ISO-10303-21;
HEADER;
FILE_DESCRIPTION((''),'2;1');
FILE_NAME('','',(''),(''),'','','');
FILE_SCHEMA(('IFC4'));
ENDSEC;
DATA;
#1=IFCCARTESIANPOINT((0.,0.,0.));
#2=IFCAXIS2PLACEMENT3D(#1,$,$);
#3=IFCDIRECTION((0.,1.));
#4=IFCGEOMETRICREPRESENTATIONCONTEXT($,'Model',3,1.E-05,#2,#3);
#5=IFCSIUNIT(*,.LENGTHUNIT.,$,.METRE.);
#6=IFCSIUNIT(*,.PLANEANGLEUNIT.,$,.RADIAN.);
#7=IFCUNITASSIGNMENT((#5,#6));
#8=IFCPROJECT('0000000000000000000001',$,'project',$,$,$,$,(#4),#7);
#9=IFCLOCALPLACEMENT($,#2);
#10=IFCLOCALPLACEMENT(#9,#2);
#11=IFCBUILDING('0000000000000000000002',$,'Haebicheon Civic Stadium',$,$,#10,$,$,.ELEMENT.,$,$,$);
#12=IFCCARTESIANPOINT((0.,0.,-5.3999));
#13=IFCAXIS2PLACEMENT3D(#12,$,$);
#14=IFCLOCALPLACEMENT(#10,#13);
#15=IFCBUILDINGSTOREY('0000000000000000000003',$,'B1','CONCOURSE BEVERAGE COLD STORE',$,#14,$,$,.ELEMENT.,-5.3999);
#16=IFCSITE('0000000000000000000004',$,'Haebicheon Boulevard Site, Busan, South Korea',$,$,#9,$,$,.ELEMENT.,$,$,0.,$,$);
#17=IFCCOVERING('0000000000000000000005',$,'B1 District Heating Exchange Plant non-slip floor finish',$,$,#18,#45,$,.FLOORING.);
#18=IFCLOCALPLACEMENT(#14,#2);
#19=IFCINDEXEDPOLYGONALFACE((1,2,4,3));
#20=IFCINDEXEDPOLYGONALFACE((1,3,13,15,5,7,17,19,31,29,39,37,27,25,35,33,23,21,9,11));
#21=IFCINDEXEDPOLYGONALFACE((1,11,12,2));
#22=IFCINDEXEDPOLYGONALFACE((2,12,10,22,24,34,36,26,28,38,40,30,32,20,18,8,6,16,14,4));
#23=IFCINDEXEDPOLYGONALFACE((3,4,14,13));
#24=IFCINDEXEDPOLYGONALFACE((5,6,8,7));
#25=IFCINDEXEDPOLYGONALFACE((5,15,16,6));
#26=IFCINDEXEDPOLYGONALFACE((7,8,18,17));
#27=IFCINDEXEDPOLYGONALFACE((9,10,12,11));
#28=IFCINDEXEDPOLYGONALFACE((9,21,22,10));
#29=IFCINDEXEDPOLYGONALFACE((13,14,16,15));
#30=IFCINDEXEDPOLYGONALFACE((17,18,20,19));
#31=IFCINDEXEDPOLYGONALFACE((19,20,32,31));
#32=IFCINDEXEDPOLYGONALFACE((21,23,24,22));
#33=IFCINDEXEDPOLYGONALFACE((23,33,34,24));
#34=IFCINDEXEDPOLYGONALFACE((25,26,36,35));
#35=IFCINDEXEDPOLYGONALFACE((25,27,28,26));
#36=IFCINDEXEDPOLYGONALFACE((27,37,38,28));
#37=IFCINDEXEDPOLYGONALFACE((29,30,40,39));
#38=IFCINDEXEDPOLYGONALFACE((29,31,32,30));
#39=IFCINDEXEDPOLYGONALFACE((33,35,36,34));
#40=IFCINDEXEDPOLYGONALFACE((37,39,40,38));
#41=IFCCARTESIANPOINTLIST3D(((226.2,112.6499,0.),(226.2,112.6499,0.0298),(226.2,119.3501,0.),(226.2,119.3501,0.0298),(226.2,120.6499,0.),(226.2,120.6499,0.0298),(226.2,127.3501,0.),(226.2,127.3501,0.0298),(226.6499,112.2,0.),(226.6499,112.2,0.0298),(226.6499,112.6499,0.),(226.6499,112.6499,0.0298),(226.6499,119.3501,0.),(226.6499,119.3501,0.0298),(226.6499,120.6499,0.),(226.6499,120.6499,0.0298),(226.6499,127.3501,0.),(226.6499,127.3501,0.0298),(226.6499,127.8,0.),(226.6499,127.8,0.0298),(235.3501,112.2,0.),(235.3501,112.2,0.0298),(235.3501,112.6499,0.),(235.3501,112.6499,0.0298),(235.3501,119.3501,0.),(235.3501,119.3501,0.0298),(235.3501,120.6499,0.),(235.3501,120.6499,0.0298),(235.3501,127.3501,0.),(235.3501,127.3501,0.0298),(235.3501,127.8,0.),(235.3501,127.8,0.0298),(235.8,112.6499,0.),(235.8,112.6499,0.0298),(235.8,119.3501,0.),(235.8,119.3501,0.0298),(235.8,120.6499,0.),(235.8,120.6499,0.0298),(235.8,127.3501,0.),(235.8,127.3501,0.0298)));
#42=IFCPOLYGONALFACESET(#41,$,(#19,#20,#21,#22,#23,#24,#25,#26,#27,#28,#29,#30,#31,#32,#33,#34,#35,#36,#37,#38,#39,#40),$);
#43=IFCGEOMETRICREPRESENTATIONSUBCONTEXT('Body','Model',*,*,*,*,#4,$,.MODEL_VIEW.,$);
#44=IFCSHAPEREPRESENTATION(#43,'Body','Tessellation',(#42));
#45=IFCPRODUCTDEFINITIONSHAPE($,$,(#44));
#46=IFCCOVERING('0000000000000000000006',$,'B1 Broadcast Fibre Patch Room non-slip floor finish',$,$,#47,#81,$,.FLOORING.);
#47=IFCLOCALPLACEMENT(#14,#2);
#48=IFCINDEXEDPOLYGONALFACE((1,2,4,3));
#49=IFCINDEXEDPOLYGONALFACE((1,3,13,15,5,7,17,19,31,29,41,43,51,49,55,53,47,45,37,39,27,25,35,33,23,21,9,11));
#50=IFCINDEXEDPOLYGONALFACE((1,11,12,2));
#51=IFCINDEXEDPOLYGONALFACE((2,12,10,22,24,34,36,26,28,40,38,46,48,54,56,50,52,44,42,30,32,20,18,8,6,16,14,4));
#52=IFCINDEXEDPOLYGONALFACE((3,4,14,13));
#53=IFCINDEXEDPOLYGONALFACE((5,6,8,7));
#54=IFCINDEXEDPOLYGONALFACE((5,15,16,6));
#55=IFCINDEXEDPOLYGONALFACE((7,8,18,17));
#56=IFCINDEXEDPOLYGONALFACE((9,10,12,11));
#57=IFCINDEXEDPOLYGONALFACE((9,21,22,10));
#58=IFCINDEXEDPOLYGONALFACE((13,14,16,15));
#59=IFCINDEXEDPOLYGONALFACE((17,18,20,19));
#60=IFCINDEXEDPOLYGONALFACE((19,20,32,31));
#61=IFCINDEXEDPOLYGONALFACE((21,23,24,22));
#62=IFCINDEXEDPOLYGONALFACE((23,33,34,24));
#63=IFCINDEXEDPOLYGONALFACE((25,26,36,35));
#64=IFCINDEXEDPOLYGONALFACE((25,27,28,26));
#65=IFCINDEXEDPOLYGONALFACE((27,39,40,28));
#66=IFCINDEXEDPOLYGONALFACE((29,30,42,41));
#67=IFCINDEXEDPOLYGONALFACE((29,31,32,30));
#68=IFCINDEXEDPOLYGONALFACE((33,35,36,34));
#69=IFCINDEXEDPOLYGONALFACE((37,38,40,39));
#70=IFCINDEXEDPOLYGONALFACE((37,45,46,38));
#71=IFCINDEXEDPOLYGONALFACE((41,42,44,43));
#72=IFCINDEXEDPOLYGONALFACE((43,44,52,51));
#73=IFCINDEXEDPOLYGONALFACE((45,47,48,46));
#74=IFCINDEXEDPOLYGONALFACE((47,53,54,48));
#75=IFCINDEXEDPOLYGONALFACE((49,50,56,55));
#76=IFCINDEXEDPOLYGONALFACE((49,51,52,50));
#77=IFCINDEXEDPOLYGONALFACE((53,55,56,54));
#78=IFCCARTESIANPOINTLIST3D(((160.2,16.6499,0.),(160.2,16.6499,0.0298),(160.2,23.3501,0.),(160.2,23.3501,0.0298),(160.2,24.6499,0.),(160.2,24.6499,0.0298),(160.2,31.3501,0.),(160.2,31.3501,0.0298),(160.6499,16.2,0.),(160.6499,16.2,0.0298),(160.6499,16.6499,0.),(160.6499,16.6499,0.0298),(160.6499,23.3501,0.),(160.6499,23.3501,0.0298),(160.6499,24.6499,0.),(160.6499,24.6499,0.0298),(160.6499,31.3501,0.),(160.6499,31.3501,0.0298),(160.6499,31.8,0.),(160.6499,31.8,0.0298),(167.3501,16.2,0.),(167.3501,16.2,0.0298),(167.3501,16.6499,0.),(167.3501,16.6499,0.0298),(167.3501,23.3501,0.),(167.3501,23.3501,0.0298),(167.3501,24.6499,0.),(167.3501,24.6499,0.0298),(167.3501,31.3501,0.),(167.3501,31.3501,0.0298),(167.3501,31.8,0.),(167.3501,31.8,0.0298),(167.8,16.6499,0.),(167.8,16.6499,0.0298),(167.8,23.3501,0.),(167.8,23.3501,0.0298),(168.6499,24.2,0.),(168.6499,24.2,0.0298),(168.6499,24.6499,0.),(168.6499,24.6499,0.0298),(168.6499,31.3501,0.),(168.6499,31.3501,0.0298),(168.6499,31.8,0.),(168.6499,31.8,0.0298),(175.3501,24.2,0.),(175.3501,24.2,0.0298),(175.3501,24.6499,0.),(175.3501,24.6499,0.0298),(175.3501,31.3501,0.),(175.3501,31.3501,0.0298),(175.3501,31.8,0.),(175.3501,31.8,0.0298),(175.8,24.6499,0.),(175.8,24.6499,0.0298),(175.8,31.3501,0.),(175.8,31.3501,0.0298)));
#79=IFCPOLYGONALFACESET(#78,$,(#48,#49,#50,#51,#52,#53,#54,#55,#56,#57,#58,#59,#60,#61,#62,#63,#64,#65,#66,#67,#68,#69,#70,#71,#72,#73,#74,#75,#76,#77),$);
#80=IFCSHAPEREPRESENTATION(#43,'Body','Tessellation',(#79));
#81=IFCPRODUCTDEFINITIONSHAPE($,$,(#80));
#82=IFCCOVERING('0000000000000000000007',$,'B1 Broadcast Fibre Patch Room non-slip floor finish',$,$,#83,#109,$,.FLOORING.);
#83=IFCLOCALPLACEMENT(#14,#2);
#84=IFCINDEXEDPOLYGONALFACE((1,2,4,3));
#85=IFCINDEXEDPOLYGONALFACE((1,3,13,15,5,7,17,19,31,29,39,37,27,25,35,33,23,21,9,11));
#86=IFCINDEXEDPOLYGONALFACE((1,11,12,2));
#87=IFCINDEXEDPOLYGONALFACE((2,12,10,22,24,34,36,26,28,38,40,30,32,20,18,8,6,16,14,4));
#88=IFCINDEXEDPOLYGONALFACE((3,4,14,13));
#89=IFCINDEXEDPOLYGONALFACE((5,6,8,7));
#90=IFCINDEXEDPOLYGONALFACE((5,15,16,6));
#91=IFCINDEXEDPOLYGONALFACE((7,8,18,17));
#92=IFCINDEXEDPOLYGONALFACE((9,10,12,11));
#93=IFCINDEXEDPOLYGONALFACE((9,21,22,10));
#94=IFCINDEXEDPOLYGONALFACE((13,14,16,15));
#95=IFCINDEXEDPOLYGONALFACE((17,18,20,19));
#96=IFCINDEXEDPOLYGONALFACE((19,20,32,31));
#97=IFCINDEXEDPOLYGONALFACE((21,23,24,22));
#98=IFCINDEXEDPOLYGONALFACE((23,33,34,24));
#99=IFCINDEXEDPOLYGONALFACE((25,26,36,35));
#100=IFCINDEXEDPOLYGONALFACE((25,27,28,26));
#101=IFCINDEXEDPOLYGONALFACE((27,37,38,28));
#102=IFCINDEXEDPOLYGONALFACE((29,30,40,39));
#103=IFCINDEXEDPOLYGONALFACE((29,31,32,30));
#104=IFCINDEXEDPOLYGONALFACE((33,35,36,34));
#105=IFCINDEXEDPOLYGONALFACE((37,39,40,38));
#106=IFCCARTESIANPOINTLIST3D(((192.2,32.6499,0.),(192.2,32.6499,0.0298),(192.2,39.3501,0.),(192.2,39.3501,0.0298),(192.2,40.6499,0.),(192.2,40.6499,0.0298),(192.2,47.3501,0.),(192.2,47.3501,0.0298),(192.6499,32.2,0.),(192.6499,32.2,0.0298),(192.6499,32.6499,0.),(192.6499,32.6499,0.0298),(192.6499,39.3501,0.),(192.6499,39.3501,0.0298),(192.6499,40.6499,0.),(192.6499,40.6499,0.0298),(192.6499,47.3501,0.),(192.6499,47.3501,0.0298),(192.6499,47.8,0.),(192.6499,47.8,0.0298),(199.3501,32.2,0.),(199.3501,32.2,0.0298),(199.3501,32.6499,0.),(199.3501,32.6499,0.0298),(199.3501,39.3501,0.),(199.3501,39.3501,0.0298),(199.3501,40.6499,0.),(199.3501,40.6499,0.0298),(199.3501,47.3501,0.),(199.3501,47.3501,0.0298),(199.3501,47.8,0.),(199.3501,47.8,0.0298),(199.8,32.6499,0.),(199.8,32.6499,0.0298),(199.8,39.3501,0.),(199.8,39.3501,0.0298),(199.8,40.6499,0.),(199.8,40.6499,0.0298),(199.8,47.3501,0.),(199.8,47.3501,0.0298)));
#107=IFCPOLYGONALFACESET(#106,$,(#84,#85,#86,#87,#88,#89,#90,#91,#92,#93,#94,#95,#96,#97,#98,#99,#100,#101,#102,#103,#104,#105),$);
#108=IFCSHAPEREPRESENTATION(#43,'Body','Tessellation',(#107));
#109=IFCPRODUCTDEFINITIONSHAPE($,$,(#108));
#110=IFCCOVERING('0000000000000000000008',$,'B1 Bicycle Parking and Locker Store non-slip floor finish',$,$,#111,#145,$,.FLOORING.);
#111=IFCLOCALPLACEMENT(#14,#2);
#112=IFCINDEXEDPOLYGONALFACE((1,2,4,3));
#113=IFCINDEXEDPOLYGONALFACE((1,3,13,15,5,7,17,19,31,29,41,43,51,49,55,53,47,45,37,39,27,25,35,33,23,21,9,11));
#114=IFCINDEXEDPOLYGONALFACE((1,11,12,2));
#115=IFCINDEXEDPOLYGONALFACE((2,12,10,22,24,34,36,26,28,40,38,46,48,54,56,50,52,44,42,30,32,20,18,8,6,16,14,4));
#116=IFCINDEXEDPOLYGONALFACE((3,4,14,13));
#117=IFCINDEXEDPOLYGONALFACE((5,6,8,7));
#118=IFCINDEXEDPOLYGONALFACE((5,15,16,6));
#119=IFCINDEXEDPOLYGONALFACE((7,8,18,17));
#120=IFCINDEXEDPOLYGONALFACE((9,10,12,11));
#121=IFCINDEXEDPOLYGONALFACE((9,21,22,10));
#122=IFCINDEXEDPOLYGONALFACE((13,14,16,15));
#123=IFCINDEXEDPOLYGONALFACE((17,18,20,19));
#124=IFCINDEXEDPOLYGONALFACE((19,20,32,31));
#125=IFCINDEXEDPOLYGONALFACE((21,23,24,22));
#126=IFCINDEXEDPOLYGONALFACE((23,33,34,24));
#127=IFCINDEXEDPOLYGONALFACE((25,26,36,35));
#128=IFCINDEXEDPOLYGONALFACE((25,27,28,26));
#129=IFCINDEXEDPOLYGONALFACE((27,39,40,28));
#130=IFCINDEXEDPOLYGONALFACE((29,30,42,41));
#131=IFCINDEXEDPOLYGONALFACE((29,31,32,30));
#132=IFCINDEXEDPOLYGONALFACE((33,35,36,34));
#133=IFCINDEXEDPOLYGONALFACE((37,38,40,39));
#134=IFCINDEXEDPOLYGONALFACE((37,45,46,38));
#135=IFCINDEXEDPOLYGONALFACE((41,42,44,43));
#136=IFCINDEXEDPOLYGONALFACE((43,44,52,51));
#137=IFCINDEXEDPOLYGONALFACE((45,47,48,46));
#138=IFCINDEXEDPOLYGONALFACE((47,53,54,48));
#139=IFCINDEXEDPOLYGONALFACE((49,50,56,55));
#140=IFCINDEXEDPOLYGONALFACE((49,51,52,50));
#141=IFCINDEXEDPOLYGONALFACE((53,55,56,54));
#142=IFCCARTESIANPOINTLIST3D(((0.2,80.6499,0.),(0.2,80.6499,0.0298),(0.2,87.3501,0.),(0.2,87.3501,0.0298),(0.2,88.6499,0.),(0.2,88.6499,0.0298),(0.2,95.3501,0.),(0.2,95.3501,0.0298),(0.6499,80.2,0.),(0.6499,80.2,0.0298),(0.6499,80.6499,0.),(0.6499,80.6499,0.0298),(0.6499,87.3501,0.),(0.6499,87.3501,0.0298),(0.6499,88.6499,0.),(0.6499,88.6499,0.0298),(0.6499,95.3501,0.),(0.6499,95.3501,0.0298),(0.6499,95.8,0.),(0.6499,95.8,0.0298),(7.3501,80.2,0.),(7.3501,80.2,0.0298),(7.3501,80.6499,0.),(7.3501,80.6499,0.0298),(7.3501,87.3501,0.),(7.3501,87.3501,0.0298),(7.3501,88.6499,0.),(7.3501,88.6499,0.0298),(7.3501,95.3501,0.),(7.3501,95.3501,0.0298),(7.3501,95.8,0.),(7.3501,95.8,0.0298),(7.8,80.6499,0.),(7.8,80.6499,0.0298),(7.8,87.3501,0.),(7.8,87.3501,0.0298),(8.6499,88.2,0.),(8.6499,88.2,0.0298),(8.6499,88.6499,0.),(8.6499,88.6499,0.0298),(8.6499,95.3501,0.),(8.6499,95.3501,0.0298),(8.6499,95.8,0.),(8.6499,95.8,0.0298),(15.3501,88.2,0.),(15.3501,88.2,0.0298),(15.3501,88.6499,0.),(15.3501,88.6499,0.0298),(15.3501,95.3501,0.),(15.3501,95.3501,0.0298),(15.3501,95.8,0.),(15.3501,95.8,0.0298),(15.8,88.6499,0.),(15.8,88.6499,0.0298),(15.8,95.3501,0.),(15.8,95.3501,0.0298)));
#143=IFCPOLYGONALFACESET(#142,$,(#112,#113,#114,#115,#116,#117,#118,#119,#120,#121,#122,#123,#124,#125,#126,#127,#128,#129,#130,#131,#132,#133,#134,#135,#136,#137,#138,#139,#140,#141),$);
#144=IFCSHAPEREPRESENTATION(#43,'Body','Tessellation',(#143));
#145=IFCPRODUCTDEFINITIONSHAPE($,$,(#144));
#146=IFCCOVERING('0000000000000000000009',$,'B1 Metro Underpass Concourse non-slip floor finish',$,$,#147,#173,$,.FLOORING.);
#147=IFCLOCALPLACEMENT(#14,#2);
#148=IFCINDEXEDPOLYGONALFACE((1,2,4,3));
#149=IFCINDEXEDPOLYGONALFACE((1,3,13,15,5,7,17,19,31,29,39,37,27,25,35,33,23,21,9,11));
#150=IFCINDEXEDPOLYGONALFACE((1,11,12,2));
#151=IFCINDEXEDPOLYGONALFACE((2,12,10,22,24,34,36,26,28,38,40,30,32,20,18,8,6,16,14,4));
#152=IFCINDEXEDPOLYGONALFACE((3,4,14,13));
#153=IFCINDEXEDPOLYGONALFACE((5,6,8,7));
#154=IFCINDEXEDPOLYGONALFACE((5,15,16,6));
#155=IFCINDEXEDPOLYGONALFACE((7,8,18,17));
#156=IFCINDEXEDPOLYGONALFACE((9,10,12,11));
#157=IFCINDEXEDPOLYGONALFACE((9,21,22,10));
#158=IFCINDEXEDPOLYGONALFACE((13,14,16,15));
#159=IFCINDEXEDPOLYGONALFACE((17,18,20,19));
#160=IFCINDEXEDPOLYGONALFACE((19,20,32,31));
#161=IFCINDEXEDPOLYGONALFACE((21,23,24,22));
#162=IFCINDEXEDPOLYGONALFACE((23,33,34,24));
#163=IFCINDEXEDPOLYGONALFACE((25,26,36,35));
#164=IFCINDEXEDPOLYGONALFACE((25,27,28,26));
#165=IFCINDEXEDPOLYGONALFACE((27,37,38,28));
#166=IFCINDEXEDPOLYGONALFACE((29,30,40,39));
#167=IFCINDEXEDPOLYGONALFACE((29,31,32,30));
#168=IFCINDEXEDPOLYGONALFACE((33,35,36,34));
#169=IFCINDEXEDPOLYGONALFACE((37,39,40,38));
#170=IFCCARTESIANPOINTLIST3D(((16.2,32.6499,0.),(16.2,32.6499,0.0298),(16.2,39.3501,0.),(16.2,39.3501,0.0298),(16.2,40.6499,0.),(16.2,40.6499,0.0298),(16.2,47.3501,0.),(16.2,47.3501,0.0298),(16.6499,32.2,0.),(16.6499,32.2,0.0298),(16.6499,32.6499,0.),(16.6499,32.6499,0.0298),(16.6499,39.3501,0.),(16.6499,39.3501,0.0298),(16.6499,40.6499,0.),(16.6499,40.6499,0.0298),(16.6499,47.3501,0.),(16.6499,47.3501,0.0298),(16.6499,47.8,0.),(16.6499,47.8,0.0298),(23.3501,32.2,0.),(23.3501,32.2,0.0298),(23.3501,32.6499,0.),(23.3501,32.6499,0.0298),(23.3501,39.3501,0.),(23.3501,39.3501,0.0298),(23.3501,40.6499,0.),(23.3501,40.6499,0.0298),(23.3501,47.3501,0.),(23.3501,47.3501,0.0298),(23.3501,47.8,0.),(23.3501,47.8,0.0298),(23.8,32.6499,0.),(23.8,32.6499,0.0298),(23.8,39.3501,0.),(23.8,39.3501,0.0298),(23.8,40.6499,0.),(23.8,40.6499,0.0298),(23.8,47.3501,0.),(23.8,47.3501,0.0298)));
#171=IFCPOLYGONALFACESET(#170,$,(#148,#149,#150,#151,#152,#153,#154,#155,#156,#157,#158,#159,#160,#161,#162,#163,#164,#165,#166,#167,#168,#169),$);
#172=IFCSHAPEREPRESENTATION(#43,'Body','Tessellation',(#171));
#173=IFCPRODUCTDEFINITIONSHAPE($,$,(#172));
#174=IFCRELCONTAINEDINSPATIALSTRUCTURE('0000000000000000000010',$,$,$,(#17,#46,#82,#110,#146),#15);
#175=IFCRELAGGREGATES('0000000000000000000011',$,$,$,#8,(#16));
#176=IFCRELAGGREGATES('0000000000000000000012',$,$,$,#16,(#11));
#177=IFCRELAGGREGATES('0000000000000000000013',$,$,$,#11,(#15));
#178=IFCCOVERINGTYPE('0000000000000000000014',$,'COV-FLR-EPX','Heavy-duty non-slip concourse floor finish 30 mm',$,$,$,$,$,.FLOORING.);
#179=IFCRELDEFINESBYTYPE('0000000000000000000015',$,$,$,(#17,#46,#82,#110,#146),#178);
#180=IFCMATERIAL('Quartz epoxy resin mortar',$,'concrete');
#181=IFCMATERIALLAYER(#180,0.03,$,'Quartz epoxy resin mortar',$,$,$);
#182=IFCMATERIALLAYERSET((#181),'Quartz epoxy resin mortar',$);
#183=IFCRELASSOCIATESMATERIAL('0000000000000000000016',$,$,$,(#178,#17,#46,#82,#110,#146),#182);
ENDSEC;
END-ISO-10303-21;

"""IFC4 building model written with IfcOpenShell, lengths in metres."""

from ifc_helpers import new_model, si_unit, direction, frame, origin, place, context, subcontext, project, spatial, polyline, outline, extrude, material, layer, layer_set, type_object, element, save


model = new_model("IFC4")

# Units and contexts
model_context = context("Model", 3, precision=1e-05, world=origin(), true_north=direction((0.0, 1.0)))
body_context = subcontext(model_context, "Body", "Model", "MODEL_VIEW")
ifc_project = project(units=[si_unit("LENGTHUNIT", "METRE"), si_unit("PLANEANGLEUNIT", "RADIAN")], contexts=[model_context])

# Site, building, storey
site_placement = place(None, origin())
site = spatial("IfcSite", under=ifc_project, at=site_placement, Name="Haebicheon Boulevard Site, Busan, South Korea", CompositionType="ELEMENT", RefElevation=0.0)
building_placement = place(site_placement, origin())
building = spatial("IfcBuilding", under=site, at=building_placement, Name="Haebicheon Civic Stadium", CompositionType="ELEMENT")
storey_placement = place(building_placement, frame((0.0, 0.0, -5.3999)))
storey = spatial("IfcBuildingStorey", under=building, at=storey_placement, Name="B1", Description="CONCOURSE BEVERAGE COLD STORE", CompositionType="ELEMENT", Elevation=-5.3999)

# Coverings
ifc_material_1 = material(Name="Quartz epoxy resin mortar", Category="concrete")
ifc_layer_1 = layer(ifc_material_1, 0.03, Name="Quartz epoxy resin mortar")
ifc_layer_set_1 = layer_set([ifc_layer_1], Name="Quartz epoxy resin mortar")
covering_type_1 = type_object("IfcCoveringType", Name="COV-FLR-EPX", Description="Heavy-duty non-slip concourse floor finish 30 mm", PredefinedType="FLOORING", material=ifc_layer_set_1)
covering_1_placement = place(storey_placement, origin())
element("IfcCovering", 1, at=covering_1_placement, inside=storey, type_object=covering_type_1, material=ifc_layer_set_1, Name="B1 District Heating Exchange Plant non-slip floor finish", PredefinedType="FLOORING", context=body_context, shape_type="SweptSolid", body=[
    extrude(outline(polyline([(226.6499, 112.2), (226.6499, 112.6499), (226.2, 112.6499), (226.2, 119.3501), (226.6499, 119.3501), (226.6499, 120.6499), (226.2, 120.6499), (226.2, 127.3501), (226.6499, 127.3501), (226.6499, 127.8), (235.3501, 127.8), (235.3501, 127.3501), (235.8, 127.3501), (235.8, 120.6499), (235.3501, 120.6499), (235.3501, 119.3501), (235.8, 119.3501), (235.8, 112.6499), (235.3501, 112.6499), (235.3501, 112.2), (226.6499, 112.2)])), origin(), (0.0, 0.0, 1.0), 0.0298),
])
covering_2_placement = place(storey_placement, origin())
element("IfcCovering", 2, at=covering_2_placement, inside=storey, type_object=covering_type_1, material=ifc_layer_set_1, Name="B1 Broadcast Fibre Patch Room non-slip floor finish", PredefinedType="FLOORING", context=body_context, shape_type="SweptSolid", body=[
    extrude(outline(polyline([(160.6499, 16.2), (160.6499, 16.6499), (160.2, 16.6499), (160.2, 23.3501), (160.6499, 23.3501), (160.6499, 24.6499), (160.2, 24.6499), (160.2, 31.3501), (160.6499, 31.3501), (160.6499, 31.8), (167.3501, 31.8), (167.3501, 31.3501), (168.6499, 31.3501), (168.6499, 31.8), (175.3501, 31.8), (175.3501, 31.3501), (175.8, 31.3501), (175.8, 24.6499), (175.3501, 24.6499), (175.3501, 24.2), (168.6499, 24.2), (168.6499, 24.6499), (167.3501, 24.6499), (167.3501, 23.3501), (167.8, 23.3501), (167.8, 16.6499), (167.3501, 16.6499), (167.3501, 16.2), (160.6499, 16.2)])), origin(), (0.0, 0.0, 1.0), 0.0298),
])
covering_3_placement = place(storey_placement, origin())
element("IfcCovering", 3, at=covering_3_placement, inside=storey, type_object=covering_type_1, material=ifc_layer_set_1, Name="B1 Broadcast Fibre Patch Room non-slip floor finish", PredefinedType="FLOORING", context=body_context, shape_type="SweptSolid", body=[
    extrude(outline(polyline([(192.6499, 32.2), (192.6499, 32.6499), (192.2, 32.6499), (192.2, 39.3501), (192.6499, 39.3501), (192.6499, 40.6499), (192.2, 40.6499), (192.2, 47.3501), (192.6499, 47.3501), (192.6499, 47.8), (199.3501, 47.8), (199.3501, 47.3501), (199.8, 47.3501), (199.8, 40.6499), (199.3501, 40.6499), (199.3501, 39.3501), (199.8, 39.3501), (199.8, 32.6499), (199.3501, 32.6499), (199.3501, 32.2), (192.6499, 32.2)])), origin(), (0.0, 0.0, 1.0), 0.0298),
])
covering_4_placement = place(storey_placement, origin())
element("IfcCovering", 4, at=covering_4_placement, inside=storey, type_object=covering_type_1, material=ifc_layer_set_1, Name="B1 Bicycle Parking and Locker Store non-slip floor finish", PredefinedType="FLOORING", context=body_context, shape_type="SweptSolid", body=[
    extrude(outline(polyline([(0.6499, 80.2), (0.6499, 80.6499), (0.2, 80.6499), (0.2, 87.3501), (0.6499, 87.3501), (0.6499, 88.6499), (0.2, 88.6499), (0.2, 95.3501), (0.6499, 95.3501), (0.6499, 95.8), (7.3501, 95.8), (7.3501, 95.3501), (8.6499, 95.3501), (8.6499, 95.8), (15.3501, 95.8), (15.3501, 95.3501), (15.8, 95.3501), (15.8, 88.6499), (15.3501, 88.6499), (15.3501, 88.2), (8.6499, 88.2), (8.6499, 88.6499), (7.3501, 88.6499), (7.3501, 87.3501), (7.8, 87.3501), (7.8, 80.6499), (7.3501, 80.6499), (7.3501, 80.2), (0.6499, 80.2)])), origin(), (0.0, 0.0, 1.0), 0.0298),
])
covering_5_placement = place(storey_placement, origin())
element("IfcCovering", 5, at=covering_5_placement, inside=storey, type_object=covering_type_1, material=ifc_layer_set_1, Name="B1 Metro Underpass Concourse non-slip floor finish", PredefinedType="FLOORING", context=body_context, shape_type="SweptSolid", body=[
    extrude(outline(polyline([(16.6499, 32.2), (16.6499, 32.6499), (16.2, 32.6499), (16.2, 39.3501), (16.6499, 39.3501), (16.6499, 40.6499), (16.2, 40.6499), (16.2, 47.3501), (16.6499, 47.3501), (16.6499, 47.8), (23.3501, 47.8), (23.3501, 47.3501), (23.8, 47.3501), (23.8, 40.6499), (23.3501, 40.6499), (23.3501, 39.3501), (23.8, 39.3501), (23.8, 32.6499), (23.3501, 32.6499), (23.3501, 32.2), (16.6499, 32.2)])), origin(), (0.0, 0.0, 1.0), 0.0298),
])

save(model, "model.ifc")
